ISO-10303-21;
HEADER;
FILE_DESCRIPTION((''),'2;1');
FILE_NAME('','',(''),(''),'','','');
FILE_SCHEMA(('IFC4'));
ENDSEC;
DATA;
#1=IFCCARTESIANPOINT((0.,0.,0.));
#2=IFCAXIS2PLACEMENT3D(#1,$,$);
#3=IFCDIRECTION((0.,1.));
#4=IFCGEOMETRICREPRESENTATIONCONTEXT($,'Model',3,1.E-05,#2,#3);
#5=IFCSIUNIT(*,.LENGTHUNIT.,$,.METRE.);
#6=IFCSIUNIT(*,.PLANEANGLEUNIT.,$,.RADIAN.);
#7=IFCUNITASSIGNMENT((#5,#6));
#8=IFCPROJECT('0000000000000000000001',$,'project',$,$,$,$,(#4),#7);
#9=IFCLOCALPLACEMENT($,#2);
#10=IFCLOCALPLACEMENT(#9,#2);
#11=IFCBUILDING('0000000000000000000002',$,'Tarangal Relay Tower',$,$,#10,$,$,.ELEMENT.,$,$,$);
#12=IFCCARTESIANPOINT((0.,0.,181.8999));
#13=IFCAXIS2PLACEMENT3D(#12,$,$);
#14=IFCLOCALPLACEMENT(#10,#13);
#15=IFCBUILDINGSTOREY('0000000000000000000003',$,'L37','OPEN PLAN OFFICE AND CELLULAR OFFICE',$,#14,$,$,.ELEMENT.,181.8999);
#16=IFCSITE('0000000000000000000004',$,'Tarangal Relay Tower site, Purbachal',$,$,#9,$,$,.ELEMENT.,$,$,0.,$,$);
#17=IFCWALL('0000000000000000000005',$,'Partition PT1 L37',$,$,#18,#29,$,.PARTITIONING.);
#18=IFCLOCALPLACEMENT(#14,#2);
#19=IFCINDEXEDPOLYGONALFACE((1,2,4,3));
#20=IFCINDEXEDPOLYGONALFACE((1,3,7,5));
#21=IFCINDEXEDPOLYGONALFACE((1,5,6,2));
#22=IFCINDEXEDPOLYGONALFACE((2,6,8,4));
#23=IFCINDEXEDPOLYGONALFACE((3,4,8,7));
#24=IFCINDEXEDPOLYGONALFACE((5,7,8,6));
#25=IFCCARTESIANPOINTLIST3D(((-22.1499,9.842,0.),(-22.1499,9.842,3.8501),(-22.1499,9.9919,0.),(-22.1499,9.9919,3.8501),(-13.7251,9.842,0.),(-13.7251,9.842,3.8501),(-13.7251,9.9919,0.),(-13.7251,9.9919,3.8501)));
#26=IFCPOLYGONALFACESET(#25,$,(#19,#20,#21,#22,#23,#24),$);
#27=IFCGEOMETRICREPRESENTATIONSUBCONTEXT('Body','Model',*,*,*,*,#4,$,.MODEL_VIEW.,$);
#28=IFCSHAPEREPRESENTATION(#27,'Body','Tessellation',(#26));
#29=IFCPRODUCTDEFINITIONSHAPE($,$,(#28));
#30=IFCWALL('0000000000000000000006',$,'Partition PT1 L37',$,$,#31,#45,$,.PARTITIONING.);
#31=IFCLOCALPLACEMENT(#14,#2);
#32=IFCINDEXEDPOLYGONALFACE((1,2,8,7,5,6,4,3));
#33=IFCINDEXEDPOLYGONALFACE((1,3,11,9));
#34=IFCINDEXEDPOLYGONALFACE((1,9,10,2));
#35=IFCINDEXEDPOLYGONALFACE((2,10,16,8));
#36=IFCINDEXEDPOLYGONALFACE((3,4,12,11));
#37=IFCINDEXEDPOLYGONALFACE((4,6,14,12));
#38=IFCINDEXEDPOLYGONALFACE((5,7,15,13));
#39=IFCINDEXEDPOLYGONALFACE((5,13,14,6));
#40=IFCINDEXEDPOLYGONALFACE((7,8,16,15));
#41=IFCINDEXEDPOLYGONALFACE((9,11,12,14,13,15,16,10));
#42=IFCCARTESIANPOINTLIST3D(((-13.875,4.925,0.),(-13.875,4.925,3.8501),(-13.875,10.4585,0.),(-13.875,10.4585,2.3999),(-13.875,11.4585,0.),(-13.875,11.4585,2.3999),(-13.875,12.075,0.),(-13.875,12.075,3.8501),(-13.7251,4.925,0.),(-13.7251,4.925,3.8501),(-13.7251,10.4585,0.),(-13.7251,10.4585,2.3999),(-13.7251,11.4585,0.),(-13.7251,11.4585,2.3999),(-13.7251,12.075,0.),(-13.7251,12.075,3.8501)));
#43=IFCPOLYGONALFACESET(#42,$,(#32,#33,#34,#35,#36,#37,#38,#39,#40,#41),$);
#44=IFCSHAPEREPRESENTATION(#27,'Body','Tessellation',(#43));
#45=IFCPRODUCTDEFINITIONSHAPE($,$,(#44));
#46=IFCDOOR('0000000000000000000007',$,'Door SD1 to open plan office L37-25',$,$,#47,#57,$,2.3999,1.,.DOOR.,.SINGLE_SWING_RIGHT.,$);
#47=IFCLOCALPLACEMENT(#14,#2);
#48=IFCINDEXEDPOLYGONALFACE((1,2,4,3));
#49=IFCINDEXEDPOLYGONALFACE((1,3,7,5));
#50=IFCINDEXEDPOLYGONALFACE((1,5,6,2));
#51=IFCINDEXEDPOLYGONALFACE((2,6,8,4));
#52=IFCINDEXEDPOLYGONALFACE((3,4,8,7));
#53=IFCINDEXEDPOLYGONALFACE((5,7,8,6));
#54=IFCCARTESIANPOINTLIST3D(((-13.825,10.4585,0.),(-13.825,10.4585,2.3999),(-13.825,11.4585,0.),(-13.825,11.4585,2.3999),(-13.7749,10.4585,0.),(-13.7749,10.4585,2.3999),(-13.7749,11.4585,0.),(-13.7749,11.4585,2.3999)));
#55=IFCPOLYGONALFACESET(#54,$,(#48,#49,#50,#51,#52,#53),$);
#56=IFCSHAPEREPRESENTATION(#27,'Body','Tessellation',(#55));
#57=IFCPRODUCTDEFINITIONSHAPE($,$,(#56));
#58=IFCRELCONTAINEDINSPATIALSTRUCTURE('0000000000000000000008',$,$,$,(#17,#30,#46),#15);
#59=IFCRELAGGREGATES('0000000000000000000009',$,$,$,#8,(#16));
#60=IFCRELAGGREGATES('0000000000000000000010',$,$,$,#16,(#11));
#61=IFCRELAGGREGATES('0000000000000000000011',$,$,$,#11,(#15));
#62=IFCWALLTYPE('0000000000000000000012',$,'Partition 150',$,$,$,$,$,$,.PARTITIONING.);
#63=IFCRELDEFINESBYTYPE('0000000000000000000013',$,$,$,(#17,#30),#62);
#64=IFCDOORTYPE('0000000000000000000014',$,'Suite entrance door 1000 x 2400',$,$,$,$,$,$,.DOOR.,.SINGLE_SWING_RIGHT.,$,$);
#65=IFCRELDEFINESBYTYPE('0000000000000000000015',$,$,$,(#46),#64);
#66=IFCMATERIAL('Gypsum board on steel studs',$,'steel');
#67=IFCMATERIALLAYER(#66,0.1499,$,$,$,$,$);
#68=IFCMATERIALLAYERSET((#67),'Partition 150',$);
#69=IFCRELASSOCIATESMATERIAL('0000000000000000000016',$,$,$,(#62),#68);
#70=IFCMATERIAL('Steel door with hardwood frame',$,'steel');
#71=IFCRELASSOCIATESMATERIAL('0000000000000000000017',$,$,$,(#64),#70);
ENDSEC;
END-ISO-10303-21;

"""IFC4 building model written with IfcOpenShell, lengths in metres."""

from ifc_helpers import new_model, si_unit, direction, frame, frame_2d, origin, place, context, subcontext, project, spatial, rectangle, extrude, material, layer, layer_set, type_object, element, fill, save


model = new_model("IFC4")

# Units and contexts
model_context = context("Model", 3, precision=1e-05, world=origin(), true_north=direction((0.0, 1.0)))
body_context = subcontext(model_context, "Body", "Model", "MODEL_VIEW")
ifc_project = project(units=[si_unit("LENGTHUNIT", "METRE"), si_unit("PLANEANGLEUNIT", "RADIAN")], contexts=[model_context])

# Site, building, storey
site_placement = place(None, origin())
site = spatial("IfcSite", under=ifc_project, at=site_placement, Name="Tarangal Relay Tower site, Purbachal", CompositionType="ELEMENT", RefElevation=0.0)
building_placement = place(site_placement, origin())
building = spatial("IfcBuilding", under=site, at=building_placement, Name="Tarangal Relay Tower", CompositionType="ELEMENT")
storey_placement = place(building_placement, frame((0.0, 0.0, 181.8999)))
storey = spatial("IfcBuildingStorey", under=building, at=storey_placement, Name="L37", Description="OPEN PLAN OFFICE AND CELLULAR OFFICE", CompositionType="ELEMENT", Elevation=181.8999)

# Shared definitions
ifc_material_1 = material(Name="Steel door with hardwood frame", Category="steel")

# Shared definitions
ifc_material_2 = material(Name="Gypsum board on steel studs", Category="steel")
ifc_layer_1 = layer(ifc_material_2, 0.1499)
ifc_layer_set_1 = layer_set([ifc_layer_1], Name="Partition 150")
wall_type_1 = type_object("IfcWallType", Name="Partition 150", PredefinedType="PARTITIONING", material=ifc_layer_set_1)

# Wall
wall_1_placement = place(storey_placement, frame((-22.1499, 9.917, 0.0), z_axis=(0.0, 0.0, 1.0), x_axis=(1.0, 0.0, 0.0)))
element("IfcWall", 1, at=wall_1_placement, inside=storey, type_object=wall_type_1, Name="Partition PT1 L37", PredefinedType="PARTITIONING", context=body_context, shape_type="SweptSolid", body=[
    extrude(rectangle(XDim=8.4248, YDim=0.1499, at=frame_2d((4.2124, 0.0))), origin(), (0.0, 0.0, 1.0), 3.8501),
])

# Wall, opening, door
wall_2_placement = place(storey_placement, frame((-13.8, 4.925, 0.0), z_axis=(0.0, 0.0, 1.0), x_axis=(0.0, 1.0, 0.0)))
wall_2 = element("IfcWall", 2, at=wall_2_placement, inside=storey, type_object=wall_type_1, Name="Partition PT1 L37", PredefinedType="PARTITIONING", context=body_context, shape_type="SweptSolid", body=[
    extrude(rectangle(XDim=7.1499, YDim=0.1499, at=frame_2d((3.575, 0.0))), origin(), (0.0, 0.0, 1.0), 3.8501),
])
opening_1_placement = place(wall_2_placement, frame((5.5334, 0.0, 0.0)))
opening_1 = element("IfcOpeningElement", 3, at=opening_1_placement, cuts=wall_2, PredefinedType="OPENING", context=body_context, shape_type="SweptSolid", body=[
    extrude(rectangle(XDim=1.0, YDim=2.3999, at=frame_2d((0.5, 1.2))), frame((0.0, 0.085, 0.0), z_axis=(0.0, -1.0, 0.0), x_axis=(1.0, 0.0, 0.0)), (0.0, 0.0, 1.0), 0.1699),
])
door_type_1 = type_object("IfcDoorType", Name="Suite entrance door 1000 x 2400", OperationType="SINGLE_SWING_RIGHT", PredefinedType="DOOR", material=ifc_material_1)
door_1_placement = place(opening_1_placement, origin())
door_1 = element("IfcDoor", 4, at=door_1_placement, inside=storey, type_object=door_type_1, Name="Door SD1 to open plan office L37-25", OperationType="SINGLE_SWING_RIGHT", OverallHeight=2.3999, OverallWidth=1.0, PredefinedType="DOOR", context=body_context, shape_type="SweptSolid", body=[
    extrude(rectangle(XDim=1.0, YDim=2.3999, at=frame_2d((0.5, 1.2))), frame((0.0, 0.0249, 0.0), z_axis=(0.0, -1.0, 0.0), x_axis=(1.0, 0.0, 0.0)), (0.0, 0.0, 1.0), 0.05),
])
fill(opening_1, door_1)

save(model, "model.ifc")
